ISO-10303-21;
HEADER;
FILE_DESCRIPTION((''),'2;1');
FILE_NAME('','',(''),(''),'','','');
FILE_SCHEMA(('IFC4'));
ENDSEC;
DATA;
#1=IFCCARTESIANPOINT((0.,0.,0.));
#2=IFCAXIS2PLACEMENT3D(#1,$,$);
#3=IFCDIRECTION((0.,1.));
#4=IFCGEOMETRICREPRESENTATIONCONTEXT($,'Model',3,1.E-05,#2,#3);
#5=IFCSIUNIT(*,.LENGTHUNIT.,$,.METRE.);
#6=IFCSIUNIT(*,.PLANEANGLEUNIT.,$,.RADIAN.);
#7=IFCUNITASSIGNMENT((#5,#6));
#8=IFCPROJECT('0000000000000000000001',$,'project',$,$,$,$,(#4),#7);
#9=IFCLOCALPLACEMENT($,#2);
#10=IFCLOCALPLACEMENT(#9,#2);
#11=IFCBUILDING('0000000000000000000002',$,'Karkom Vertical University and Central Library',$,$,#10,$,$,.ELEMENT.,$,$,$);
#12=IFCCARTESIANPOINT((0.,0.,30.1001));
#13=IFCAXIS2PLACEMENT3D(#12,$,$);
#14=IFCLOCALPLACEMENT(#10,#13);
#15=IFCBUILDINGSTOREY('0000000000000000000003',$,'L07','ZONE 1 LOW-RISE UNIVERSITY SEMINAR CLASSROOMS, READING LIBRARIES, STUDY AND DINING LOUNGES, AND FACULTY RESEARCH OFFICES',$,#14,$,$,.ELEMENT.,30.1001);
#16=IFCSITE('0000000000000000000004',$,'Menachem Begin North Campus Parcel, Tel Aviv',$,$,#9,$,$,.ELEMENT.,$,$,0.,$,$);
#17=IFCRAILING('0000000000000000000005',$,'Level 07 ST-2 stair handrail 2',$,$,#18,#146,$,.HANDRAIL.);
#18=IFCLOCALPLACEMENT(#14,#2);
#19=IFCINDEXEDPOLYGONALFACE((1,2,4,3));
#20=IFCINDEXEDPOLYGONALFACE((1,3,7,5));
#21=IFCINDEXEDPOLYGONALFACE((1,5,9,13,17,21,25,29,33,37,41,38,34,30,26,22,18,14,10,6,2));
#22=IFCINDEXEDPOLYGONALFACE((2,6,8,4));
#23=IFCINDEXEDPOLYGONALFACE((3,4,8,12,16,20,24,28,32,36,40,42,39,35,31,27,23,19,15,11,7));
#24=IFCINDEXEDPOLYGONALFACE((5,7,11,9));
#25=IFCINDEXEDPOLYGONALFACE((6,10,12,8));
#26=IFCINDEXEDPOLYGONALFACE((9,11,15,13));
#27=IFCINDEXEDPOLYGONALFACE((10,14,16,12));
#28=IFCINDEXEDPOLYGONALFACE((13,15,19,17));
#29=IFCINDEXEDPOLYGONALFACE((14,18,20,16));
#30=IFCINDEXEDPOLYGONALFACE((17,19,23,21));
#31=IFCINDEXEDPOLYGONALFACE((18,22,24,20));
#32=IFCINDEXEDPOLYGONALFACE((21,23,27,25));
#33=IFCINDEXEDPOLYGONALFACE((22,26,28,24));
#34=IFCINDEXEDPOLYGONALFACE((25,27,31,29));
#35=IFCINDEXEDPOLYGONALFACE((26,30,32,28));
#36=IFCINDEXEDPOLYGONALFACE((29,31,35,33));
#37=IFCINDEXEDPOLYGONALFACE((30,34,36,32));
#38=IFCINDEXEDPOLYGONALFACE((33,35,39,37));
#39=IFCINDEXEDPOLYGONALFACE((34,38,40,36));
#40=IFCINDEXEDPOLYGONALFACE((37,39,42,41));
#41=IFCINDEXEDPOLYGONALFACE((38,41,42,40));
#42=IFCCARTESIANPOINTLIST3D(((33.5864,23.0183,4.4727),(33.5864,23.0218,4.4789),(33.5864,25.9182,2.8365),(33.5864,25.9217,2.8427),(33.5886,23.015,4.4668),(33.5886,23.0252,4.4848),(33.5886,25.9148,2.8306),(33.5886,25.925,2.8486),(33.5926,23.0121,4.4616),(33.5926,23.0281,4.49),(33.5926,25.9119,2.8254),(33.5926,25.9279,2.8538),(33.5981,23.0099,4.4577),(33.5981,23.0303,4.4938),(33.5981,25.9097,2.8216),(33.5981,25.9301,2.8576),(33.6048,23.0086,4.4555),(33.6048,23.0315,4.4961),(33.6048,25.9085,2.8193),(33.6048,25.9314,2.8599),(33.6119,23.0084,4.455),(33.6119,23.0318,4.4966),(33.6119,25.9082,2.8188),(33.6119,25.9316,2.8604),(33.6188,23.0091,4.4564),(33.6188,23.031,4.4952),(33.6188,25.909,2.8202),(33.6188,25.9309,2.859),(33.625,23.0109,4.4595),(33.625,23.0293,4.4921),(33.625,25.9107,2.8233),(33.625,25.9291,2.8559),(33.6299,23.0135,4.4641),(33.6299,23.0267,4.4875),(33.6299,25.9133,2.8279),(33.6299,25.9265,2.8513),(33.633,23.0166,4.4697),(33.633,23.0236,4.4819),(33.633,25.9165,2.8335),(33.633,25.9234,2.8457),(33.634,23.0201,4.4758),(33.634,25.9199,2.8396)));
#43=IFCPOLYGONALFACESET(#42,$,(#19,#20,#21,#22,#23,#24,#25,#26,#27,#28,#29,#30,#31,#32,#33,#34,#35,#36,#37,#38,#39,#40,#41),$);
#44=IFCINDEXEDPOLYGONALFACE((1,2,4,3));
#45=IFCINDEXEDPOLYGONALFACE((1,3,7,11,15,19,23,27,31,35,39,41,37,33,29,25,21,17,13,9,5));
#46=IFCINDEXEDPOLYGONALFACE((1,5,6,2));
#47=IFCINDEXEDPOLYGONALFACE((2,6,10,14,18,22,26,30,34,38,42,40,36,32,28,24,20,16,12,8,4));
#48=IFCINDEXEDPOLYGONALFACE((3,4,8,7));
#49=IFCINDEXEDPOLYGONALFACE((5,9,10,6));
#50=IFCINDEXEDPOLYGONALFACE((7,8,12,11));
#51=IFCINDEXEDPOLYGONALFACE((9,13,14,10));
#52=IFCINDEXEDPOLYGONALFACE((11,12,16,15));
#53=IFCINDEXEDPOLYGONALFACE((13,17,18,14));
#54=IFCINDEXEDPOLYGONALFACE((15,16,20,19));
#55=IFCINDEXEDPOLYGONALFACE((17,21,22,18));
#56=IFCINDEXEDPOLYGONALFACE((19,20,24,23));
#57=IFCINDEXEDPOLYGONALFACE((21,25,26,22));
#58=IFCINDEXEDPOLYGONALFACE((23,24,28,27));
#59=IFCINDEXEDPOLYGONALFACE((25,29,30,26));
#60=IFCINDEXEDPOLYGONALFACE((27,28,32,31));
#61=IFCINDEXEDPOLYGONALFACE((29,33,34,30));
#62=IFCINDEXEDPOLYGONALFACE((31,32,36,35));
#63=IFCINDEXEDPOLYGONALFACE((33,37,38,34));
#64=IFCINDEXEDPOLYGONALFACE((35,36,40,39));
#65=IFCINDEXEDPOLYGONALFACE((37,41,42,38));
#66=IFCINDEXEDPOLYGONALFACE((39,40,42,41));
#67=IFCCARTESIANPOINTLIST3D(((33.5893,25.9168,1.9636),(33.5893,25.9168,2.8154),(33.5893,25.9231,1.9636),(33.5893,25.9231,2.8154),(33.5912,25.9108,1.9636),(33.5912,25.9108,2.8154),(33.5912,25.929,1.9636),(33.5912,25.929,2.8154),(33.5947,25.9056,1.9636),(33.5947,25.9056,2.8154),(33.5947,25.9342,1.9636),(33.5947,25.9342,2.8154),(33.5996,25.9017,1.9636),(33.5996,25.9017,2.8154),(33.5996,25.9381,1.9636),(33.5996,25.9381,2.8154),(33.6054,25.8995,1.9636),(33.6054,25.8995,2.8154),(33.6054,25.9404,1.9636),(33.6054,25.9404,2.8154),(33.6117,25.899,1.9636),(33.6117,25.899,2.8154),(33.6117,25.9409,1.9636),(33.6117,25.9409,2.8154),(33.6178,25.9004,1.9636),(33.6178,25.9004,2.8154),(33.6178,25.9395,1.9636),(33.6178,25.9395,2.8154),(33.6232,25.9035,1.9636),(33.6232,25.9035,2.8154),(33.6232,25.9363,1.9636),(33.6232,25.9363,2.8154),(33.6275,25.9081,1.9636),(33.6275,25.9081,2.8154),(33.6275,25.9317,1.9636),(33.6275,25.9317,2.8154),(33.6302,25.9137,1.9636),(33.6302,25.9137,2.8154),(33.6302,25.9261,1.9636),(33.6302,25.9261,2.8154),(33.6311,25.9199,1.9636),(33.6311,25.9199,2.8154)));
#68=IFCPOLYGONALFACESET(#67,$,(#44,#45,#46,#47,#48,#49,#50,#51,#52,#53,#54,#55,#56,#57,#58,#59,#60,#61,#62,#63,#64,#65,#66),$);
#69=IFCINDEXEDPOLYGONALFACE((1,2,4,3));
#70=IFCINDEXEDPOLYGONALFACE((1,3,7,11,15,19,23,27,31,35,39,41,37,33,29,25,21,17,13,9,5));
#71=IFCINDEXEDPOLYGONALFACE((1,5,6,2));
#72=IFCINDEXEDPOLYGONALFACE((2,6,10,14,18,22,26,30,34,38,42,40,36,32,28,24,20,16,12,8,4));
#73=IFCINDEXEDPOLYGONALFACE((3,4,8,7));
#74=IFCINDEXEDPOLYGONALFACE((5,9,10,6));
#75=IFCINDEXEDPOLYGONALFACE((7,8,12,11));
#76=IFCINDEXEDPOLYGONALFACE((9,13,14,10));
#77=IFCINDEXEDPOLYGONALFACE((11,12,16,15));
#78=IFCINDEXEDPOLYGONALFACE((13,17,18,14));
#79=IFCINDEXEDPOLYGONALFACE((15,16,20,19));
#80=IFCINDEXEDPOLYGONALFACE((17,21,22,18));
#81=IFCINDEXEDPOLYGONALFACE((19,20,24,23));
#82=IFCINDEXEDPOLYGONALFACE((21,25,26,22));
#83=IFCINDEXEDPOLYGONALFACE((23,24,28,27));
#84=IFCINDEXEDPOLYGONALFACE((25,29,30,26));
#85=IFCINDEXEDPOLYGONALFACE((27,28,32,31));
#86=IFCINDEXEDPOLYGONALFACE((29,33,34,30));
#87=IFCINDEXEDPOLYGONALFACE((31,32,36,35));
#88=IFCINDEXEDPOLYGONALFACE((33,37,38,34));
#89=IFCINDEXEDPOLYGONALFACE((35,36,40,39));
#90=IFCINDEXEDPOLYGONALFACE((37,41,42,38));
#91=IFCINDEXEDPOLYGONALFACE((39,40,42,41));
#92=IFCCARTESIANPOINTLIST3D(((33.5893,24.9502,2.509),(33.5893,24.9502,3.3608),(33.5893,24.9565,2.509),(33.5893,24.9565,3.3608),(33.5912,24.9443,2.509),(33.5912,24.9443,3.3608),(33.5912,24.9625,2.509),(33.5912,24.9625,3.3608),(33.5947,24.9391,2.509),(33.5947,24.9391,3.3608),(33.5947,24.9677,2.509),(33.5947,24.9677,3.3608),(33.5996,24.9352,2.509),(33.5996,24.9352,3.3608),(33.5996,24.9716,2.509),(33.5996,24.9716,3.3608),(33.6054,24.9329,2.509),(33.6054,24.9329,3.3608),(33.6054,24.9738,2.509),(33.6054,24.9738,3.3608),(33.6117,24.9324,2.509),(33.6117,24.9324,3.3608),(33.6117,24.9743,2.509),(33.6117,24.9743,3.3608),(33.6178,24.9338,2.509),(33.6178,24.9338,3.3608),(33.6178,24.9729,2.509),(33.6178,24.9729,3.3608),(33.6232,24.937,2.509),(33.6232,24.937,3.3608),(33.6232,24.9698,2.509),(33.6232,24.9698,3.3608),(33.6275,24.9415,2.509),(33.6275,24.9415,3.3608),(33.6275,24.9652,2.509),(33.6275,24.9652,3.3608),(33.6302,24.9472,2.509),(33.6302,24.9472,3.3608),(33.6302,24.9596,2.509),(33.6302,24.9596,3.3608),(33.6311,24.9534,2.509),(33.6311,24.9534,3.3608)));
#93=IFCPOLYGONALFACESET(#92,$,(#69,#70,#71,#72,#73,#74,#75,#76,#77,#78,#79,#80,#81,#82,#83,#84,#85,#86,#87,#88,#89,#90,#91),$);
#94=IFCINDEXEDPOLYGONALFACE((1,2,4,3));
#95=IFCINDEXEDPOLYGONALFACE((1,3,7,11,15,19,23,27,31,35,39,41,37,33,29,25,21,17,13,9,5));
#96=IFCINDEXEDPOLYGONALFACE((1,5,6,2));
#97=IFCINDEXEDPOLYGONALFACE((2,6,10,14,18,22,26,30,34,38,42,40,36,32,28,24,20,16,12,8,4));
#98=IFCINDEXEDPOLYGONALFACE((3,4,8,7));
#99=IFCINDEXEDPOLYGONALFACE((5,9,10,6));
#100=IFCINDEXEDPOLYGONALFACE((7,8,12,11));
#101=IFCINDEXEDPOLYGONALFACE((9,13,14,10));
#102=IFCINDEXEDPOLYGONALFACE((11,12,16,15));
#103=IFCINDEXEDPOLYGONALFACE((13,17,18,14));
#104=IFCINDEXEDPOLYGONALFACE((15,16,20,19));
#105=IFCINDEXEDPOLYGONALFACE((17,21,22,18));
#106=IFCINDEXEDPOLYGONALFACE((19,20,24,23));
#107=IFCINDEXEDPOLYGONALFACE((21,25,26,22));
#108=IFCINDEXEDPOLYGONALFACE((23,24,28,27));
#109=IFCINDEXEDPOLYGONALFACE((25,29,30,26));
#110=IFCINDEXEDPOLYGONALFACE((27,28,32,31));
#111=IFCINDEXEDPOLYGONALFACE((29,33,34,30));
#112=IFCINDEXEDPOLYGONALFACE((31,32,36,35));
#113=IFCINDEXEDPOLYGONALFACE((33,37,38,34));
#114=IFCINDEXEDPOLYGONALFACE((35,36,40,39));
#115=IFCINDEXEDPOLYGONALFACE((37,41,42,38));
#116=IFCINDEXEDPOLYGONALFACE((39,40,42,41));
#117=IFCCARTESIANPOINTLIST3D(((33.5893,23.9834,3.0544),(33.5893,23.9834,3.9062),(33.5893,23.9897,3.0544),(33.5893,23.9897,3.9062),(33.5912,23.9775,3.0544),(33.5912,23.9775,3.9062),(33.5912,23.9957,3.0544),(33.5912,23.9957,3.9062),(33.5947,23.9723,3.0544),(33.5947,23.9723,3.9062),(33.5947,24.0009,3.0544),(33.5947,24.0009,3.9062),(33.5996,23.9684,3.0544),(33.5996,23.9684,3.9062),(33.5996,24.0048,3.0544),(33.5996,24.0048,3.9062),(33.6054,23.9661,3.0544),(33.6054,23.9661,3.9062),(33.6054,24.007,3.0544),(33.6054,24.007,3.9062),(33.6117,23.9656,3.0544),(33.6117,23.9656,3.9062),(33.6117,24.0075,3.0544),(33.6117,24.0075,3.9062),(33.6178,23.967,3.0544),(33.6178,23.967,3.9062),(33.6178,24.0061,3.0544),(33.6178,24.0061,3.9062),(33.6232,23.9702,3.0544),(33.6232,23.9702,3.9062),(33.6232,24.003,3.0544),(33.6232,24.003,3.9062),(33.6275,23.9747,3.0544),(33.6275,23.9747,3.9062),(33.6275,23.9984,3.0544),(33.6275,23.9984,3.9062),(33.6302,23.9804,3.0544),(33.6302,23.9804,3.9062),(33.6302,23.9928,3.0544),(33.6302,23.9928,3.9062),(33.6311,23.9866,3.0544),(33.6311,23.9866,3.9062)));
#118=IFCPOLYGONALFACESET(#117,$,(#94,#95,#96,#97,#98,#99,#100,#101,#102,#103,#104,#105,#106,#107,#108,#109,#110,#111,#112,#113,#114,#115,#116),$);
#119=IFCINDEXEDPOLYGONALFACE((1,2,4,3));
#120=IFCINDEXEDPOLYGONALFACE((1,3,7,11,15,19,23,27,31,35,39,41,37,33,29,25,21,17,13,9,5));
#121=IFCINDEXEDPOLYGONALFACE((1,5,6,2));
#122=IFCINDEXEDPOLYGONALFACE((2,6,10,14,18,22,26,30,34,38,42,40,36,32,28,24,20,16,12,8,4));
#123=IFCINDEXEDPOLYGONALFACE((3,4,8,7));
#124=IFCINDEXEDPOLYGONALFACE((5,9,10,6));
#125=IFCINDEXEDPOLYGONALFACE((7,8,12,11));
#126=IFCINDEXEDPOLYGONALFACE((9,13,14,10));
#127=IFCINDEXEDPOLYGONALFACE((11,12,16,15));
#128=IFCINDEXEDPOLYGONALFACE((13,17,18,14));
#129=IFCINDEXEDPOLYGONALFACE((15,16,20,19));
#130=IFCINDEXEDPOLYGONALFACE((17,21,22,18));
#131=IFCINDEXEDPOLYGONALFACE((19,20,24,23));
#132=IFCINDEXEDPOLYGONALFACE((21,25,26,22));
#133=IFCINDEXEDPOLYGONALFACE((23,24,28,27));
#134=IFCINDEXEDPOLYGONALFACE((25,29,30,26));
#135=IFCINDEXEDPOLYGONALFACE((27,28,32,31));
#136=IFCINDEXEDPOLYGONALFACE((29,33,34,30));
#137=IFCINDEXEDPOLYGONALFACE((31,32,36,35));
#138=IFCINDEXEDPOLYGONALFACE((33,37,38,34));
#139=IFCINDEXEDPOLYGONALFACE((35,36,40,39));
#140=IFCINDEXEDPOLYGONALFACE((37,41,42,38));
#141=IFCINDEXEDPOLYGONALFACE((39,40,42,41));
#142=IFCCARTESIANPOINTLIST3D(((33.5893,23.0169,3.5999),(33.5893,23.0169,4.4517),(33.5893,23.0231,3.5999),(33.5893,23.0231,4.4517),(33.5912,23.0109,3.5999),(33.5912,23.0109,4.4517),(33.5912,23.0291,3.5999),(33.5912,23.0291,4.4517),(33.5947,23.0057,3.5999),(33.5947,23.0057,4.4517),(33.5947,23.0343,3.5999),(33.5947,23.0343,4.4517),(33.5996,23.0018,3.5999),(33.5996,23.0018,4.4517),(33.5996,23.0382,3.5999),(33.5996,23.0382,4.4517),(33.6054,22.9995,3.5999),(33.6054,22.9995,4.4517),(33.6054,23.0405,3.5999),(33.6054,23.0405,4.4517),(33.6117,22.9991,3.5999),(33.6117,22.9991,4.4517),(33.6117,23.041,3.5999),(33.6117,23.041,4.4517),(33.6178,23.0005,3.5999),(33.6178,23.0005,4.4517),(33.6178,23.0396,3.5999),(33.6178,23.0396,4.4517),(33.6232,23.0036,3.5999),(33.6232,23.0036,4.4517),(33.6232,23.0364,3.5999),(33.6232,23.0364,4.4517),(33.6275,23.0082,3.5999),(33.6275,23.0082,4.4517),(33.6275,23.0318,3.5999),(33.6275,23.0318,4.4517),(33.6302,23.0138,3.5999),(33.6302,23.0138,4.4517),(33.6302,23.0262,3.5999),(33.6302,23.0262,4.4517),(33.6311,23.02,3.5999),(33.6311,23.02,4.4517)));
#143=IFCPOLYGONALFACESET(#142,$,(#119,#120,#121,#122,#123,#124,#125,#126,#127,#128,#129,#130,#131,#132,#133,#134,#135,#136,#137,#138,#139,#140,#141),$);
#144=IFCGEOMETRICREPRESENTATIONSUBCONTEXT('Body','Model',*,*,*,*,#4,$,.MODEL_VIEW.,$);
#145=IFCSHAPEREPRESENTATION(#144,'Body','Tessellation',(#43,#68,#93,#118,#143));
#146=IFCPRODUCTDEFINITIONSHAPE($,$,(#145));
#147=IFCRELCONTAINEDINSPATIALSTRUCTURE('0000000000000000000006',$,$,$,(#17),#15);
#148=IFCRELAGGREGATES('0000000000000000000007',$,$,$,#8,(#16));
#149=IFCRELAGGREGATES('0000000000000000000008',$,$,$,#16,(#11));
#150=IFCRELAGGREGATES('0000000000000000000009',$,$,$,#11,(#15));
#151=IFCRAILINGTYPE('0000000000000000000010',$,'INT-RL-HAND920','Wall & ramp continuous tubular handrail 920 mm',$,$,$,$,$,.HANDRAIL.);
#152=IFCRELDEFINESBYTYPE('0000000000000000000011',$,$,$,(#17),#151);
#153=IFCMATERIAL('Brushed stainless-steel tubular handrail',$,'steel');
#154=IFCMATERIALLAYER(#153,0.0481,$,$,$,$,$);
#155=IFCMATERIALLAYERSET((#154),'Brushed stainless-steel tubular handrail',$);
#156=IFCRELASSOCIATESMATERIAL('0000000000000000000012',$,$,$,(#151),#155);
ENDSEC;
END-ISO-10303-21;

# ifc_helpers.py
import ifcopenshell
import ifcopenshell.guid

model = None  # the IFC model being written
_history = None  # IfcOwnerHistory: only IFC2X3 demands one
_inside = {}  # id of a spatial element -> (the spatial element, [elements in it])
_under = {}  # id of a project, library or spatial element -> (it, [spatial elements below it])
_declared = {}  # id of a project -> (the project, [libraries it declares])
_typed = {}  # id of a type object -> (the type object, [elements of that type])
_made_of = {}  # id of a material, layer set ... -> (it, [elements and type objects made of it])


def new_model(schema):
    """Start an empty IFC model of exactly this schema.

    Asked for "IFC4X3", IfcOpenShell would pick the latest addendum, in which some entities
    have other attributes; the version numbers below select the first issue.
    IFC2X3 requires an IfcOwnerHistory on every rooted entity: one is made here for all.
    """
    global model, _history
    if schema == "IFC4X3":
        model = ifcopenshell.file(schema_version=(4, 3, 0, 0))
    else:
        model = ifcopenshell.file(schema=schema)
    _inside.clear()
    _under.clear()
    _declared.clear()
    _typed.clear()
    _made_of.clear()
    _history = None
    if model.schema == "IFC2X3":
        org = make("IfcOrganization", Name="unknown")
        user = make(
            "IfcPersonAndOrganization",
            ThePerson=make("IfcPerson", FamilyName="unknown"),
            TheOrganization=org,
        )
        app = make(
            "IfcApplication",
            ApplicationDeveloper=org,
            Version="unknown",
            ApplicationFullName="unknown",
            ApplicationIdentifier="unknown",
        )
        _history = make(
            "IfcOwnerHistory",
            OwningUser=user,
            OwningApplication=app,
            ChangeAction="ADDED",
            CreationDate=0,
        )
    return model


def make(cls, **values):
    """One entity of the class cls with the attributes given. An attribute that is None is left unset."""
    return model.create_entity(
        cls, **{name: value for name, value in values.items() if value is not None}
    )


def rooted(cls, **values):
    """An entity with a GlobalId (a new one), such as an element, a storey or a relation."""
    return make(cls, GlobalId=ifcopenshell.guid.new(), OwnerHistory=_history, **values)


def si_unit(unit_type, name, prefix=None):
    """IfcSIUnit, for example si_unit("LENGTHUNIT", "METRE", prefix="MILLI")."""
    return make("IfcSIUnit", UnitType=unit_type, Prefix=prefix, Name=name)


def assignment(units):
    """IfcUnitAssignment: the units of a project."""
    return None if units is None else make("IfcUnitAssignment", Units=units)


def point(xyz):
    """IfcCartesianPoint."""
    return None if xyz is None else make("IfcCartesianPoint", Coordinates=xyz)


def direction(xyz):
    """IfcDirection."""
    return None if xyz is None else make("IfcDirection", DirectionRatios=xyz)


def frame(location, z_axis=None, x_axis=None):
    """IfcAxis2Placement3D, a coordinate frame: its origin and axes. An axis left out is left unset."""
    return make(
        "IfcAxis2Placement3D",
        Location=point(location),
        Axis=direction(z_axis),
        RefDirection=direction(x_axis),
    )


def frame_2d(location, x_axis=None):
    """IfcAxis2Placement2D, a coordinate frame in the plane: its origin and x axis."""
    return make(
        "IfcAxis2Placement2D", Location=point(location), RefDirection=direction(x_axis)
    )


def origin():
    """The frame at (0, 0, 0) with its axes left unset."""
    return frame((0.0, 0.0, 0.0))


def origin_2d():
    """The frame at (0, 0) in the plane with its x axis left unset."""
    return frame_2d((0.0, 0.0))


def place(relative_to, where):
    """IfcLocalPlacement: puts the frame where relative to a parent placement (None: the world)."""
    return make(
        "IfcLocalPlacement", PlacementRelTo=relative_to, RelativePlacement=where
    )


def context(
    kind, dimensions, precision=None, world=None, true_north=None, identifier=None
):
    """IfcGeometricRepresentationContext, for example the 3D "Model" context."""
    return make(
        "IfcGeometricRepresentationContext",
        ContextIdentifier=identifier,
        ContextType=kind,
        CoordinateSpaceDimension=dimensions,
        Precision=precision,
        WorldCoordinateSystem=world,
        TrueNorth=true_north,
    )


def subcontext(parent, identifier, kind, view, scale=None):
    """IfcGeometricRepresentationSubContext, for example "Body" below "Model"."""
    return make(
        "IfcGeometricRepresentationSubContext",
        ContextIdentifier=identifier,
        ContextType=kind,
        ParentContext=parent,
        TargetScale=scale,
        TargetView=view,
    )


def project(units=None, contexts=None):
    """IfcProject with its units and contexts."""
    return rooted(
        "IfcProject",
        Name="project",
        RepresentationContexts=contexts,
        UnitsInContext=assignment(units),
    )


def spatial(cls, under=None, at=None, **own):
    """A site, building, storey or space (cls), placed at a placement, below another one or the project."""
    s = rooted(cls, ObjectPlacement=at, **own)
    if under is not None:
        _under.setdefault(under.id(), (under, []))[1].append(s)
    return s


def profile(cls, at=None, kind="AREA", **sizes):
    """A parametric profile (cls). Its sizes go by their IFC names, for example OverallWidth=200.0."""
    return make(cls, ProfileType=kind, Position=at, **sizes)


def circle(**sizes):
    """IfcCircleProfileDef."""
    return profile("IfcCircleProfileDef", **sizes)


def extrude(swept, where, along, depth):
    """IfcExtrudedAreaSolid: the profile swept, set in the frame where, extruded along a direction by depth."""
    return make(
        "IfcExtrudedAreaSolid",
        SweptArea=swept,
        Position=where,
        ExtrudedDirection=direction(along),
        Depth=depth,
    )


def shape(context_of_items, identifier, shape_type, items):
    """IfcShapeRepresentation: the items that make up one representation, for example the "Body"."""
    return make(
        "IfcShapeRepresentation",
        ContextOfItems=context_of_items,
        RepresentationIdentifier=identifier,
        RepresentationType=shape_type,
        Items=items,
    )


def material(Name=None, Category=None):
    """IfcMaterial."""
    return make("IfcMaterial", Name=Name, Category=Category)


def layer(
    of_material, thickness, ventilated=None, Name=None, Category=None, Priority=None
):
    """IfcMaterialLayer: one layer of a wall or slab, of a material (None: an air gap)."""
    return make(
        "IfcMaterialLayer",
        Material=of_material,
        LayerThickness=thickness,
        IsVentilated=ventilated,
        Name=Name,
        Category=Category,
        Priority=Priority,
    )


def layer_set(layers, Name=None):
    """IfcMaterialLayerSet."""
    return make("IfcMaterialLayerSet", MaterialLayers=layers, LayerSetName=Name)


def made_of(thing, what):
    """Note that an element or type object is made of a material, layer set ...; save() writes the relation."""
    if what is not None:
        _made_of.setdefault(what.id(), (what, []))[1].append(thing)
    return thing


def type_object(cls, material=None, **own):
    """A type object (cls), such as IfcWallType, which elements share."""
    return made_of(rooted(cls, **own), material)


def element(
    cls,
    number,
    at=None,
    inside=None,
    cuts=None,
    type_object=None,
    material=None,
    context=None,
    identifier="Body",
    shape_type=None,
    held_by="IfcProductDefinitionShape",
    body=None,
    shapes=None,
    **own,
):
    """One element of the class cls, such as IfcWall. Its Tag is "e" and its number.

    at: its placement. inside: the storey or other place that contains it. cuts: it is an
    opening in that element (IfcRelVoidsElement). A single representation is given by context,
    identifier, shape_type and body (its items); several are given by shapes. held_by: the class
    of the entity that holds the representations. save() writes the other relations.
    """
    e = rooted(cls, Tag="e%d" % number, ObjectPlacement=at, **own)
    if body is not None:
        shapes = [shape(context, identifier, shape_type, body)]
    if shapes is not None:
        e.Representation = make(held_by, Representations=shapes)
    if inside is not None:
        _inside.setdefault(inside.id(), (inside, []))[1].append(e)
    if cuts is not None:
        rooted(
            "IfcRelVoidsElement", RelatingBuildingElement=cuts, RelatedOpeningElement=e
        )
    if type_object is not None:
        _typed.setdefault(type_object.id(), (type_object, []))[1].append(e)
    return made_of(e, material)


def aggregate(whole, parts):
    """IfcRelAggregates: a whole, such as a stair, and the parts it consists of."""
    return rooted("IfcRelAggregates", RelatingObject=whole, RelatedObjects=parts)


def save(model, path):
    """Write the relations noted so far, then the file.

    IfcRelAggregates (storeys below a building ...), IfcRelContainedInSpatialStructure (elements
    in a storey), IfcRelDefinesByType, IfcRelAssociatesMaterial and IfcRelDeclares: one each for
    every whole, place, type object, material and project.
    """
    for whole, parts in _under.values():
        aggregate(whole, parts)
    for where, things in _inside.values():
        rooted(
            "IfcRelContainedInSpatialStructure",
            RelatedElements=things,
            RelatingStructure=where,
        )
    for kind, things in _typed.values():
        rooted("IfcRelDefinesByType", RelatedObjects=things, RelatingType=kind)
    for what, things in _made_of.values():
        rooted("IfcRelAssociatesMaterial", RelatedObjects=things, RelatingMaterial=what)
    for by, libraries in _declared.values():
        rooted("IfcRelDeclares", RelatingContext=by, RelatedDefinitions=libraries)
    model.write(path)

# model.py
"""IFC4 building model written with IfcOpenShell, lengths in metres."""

from ifc_helpers import new_model, si_unit, direction, frame, origin, origin_2d, place, context, subcontext, project, spatial, circle, extrude, material, layer, layer_set, type_object, element, save


model = new_model("IFC4")

# Units and contexts
model_context = context("Model", 3, precision=1e-05, world=origin(), true_north=direction((0.0, 1.0)))
body_context = subcontext(model_context, "Body", "Model", "MODEL_VIEW")
ifc_project = project(units=[si_unit("LENGTHUNIT", "METRE"), si_unit("PLANEANGLEUNIT", "RADIAN")], contexts=[model_context])

# Site, building, storey
site_placement = place(None, origin())
site = spatial("IfcSite", under=ifc_project, at=site_placement, Name="Menachem Begin North Campus Parcel, Tel Aviv", CompositionType="ELEMENT", RefElevation=0.0)
building_placement = place(site_placement, origin())
building = spatial("IfcBuilding", under=site, at=building_placement, Name="Karkom Vertical University and Central Library", CompositionType="ELEMENT")
storey_placement = place(building_placement, frame((0.0, 0.0, 30.1001)))
storey = spatial("IfcBuildingStorey", under=building, at=storey_placement, Name="L07", Description="ZONE 1 LOW-RISE UNIVERSITY SEMINAR CLASSROOMS, READING LIBRARIES, STUDY AND DINING LOUNGES, AND FACULTY RESEARCH OFFICES", CompositionType="ELEMENT", Elevation=30.1001)

# Railing
ifc_material_1 = material(Name="Brushed stainless-steel tubular handrail", Category="steel")
ifc_layer_1 = layer(ifc_material_1, 0.0481)
ifc_layer_set_1 = layer_set([ifc_layer_1], Name="Brushed stainless-steel tubular handrail")
railing_type_1 = type_object("IfcRailingType", Name="INT-RL-HAND920", Description="Wall & ramp continuous tubular handrail 920 mm", PredefinedType="HANDRAIL", material=ifc_layer_set_1)
railing_1_placement = place(storey_placement, frame((33.6101, 25.9199, 1.9636)))
element("IfcRailing", 1, at=railing_1_placement, inside=storey, type_object=railing_type_1, Name="Level 07 ST-2 stair handrail 2", PredefinedType="HANDRAIL", context=body_context, shape_type="SweptSolid", body=[
    extrude(circle(Radius=0.0239, at=origin_2d()), frame((0.0, 0.0, 0.876), z_axis=(0.0, -0.870929, 0.49141), x_axis=(1.0, 0.0, 0.0)), (0.0, 0.0, 1.0), 3.3296),
    extrude(circle(Radius=0.021, at=origin_2d()), origin(), (0.0, 0.0, 1.0), 0.8518),
    extrude(circle(Radius=0.021, at=origin_2d()), frame((0.0, -0.9666, 0.5454)), (0.0, 0.0, 1.0), 0.8518),
    extrude(circle(Radius=0.021, at=origin_2d()), frame((0.0, -1.9333, 1.0908)), (0.0, 0.0, 1.0), 0.8518),
    extrude(circle(Radius=0.021, at=origin_2d()), frame((0.0, -2.8999, 1.6362)), (0.0, 0.0, 1.0), 0.8518),
])

save(model, "model.ifc")
